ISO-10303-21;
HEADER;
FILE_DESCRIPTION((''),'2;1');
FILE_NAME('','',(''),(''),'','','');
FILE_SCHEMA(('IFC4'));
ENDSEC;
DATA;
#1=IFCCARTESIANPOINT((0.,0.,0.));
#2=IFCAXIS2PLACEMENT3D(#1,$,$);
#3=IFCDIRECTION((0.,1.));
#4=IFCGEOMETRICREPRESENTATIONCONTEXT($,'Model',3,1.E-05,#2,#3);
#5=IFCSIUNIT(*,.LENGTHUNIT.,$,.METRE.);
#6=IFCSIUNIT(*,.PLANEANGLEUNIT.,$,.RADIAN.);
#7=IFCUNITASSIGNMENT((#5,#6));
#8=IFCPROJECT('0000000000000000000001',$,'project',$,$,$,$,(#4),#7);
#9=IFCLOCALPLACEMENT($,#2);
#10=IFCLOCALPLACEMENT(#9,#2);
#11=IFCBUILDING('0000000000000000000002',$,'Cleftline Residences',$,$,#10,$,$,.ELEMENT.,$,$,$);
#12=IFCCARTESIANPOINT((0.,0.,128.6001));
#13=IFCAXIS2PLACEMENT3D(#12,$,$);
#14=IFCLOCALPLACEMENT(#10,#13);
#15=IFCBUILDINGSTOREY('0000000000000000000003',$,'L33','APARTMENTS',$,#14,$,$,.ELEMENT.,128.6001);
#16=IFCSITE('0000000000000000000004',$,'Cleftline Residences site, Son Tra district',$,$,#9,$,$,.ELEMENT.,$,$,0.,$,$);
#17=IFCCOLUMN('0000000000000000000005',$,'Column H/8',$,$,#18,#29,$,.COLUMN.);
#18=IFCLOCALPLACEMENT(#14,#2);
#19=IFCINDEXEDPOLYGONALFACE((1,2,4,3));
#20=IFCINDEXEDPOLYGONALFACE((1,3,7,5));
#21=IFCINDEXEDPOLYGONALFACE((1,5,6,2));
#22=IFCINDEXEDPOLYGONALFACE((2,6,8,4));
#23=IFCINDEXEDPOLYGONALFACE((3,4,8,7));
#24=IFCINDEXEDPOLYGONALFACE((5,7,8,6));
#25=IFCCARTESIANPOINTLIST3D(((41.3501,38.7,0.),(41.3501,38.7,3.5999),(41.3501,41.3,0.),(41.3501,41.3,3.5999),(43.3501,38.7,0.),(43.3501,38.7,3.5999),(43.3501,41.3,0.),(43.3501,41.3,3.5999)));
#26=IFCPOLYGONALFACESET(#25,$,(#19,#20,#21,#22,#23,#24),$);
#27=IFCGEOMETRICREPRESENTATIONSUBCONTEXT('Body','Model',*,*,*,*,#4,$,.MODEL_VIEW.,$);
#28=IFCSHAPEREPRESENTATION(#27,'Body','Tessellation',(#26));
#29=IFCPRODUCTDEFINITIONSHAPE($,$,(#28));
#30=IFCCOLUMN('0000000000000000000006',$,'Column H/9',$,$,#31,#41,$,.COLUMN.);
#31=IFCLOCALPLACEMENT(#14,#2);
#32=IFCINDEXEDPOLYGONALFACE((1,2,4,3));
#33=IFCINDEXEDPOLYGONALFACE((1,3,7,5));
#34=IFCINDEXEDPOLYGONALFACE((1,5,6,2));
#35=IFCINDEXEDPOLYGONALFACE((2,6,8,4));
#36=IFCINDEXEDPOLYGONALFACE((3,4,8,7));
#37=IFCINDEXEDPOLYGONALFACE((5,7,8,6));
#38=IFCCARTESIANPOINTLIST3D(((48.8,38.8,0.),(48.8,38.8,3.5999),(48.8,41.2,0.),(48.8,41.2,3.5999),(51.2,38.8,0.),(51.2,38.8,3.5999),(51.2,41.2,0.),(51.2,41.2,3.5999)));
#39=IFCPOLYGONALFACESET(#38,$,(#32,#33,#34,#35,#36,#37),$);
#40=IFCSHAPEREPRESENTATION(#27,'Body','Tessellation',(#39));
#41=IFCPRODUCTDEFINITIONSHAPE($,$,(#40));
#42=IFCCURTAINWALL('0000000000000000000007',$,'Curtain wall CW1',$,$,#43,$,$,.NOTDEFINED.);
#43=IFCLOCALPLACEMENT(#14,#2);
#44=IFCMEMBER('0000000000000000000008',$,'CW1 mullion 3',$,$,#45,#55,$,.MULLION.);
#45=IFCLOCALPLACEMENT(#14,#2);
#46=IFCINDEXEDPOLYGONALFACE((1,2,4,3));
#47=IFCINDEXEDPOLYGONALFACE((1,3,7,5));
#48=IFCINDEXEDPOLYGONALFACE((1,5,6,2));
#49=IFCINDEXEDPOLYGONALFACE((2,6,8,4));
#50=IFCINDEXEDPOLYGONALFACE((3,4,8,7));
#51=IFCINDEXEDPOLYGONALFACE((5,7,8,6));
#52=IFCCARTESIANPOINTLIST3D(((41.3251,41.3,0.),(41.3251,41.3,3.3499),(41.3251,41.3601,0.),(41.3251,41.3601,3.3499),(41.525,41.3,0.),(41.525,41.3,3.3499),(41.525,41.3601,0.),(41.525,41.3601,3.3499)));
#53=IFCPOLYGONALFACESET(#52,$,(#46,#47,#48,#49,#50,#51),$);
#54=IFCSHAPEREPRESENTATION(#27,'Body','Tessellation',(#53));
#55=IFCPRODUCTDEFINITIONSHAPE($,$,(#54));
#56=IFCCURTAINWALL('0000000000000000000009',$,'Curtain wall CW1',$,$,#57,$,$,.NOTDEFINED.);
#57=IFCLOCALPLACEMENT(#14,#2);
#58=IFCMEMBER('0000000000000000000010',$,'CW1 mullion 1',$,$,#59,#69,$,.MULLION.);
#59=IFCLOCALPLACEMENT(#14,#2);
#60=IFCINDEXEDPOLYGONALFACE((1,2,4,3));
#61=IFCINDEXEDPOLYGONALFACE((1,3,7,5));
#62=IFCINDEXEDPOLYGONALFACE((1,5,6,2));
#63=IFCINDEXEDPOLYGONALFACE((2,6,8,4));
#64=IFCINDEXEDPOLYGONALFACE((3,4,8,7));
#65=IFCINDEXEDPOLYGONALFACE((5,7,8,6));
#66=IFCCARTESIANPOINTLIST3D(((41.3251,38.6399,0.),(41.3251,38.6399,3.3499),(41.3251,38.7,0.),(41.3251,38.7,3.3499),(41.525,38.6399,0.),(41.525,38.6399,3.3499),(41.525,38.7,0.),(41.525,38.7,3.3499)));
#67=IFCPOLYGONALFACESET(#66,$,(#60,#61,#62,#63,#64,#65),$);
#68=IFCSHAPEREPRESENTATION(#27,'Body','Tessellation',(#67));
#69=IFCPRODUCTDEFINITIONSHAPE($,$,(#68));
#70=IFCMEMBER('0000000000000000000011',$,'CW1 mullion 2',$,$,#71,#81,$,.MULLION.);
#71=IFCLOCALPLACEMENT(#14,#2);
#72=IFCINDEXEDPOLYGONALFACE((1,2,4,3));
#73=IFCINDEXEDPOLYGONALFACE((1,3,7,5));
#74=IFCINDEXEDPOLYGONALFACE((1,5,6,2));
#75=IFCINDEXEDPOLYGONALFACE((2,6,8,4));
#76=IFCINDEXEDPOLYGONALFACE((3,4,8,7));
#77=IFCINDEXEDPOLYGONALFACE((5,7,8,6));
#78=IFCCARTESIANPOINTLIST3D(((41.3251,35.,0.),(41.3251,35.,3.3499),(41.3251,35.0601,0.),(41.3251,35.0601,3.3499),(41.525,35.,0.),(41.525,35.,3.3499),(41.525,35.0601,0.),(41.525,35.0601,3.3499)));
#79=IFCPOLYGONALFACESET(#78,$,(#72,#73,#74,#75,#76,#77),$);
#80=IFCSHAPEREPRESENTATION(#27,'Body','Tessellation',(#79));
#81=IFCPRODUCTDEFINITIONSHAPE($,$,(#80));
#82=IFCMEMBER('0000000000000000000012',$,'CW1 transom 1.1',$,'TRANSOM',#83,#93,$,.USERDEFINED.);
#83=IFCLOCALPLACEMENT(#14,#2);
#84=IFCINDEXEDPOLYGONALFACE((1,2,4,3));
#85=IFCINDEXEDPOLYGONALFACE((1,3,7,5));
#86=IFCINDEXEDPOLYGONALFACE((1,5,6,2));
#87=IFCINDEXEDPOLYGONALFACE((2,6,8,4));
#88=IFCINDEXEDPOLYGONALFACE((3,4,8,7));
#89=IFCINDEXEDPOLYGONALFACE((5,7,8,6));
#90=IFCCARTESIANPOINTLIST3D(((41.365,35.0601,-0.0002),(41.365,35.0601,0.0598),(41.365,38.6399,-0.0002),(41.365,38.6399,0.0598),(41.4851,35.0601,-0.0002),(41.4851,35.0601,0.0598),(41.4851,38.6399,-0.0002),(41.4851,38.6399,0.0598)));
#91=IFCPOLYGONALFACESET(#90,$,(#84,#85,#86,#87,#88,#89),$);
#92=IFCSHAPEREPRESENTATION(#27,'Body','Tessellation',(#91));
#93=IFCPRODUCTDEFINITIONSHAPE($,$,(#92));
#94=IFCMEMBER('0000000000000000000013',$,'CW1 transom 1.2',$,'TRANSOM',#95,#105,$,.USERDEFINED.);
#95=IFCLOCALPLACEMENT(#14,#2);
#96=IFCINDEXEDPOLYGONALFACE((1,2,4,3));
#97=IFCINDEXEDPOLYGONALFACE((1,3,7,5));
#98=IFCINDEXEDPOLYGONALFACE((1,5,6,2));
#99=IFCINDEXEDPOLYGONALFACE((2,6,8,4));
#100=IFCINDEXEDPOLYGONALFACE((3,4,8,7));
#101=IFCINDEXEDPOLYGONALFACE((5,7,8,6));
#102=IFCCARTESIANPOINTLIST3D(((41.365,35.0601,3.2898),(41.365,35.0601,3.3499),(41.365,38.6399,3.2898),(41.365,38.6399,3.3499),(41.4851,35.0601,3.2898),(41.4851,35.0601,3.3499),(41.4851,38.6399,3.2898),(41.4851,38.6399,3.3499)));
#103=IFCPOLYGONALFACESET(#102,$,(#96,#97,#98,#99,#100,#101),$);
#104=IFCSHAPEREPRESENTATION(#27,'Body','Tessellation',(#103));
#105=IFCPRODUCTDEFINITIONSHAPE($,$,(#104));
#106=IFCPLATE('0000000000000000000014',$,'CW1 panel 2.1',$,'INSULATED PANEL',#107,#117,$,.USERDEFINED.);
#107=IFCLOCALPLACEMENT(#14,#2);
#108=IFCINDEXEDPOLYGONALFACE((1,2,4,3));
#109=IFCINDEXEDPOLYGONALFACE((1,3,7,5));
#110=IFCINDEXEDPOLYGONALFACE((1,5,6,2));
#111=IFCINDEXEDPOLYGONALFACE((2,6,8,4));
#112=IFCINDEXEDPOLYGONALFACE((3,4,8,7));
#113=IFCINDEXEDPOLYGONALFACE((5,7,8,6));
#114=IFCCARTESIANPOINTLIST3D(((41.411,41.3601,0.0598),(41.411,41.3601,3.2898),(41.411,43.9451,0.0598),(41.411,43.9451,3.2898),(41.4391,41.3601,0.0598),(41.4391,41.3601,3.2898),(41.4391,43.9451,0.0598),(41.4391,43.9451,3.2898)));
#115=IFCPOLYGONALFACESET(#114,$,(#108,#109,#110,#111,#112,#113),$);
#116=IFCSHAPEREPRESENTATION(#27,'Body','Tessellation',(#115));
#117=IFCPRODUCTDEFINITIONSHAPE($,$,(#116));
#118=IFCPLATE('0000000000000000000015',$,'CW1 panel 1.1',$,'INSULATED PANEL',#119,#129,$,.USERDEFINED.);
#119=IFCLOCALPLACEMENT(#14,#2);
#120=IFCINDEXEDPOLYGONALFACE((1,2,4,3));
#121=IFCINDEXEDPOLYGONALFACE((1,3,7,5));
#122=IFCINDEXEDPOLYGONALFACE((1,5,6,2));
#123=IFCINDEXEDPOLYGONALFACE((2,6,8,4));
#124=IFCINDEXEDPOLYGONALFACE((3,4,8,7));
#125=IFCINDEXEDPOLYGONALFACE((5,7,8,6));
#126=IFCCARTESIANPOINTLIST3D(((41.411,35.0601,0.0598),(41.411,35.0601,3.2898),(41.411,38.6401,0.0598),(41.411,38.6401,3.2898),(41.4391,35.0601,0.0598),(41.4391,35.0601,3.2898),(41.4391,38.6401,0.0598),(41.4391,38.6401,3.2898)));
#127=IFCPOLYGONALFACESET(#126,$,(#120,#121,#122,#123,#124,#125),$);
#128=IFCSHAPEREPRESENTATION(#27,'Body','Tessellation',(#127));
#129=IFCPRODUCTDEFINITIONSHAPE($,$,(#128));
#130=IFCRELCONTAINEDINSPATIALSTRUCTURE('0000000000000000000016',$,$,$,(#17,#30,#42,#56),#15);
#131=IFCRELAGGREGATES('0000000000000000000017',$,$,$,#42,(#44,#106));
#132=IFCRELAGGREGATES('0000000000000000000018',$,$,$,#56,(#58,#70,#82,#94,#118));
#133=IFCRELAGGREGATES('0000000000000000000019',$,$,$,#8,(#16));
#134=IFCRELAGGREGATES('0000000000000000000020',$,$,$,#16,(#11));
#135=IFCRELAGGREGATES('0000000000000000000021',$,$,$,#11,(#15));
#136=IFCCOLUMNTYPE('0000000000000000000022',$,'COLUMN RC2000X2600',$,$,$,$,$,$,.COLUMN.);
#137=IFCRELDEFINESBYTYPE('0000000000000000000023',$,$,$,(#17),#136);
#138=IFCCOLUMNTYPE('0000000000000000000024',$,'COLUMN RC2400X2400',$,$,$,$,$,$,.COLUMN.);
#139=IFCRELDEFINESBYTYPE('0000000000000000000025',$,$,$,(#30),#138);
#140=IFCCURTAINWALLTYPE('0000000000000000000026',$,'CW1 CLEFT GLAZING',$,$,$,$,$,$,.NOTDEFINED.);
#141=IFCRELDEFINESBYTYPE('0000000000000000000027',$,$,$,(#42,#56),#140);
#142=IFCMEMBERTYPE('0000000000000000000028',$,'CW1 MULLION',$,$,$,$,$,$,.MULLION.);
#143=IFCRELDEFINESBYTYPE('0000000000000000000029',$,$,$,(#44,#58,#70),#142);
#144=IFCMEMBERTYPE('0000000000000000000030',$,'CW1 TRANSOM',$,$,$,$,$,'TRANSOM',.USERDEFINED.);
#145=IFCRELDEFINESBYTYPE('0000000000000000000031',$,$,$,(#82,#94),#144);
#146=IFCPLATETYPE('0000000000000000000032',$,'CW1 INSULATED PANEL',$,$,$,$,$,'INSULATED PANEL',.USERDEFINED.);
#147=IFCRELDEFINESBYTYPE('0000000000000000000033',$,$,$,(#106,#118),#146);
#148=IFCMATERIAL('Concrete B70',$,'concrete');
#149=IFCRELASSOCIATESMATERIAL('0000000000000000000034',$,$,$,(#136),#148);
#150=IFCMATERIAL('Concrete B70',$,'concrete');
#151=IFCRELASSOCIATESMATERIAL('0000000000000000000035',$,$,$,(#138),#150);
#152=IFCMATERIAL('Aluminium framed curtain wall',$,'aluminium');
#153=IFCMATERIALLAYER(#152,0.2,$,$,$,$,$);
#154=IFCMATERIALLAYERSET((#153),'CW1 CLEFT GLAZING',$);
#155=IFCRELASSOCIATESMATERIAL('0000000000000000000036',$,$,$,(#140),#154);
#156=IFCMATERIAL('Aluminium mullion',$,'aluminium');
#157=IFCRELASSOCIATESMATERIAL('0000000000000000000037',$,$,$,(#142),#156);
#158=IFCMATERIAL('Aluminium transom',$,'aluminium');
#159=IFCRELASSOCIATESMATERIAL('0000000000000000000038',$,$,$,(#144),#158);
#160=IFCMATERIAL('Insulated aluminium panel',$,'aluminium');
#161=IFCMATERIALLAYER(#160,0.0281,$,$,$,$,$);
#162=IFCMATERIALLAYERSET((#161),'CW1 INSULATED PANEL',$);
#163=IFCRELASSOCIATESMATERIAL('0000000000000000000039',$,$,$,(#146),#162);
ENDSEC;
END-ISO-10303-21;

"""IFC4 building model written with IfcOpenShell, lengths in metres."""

from ifc_helpers import new_model, si_unit, direction, frame, origin, origin_2d, place, context, subcontext, project, spatial, rectangle, extrude, material, layer, layer_set, material_profile, profile_set, type_object, element, aggregate, save


model = new_model("IFC4")

# Units and contexts
model_context = context("Model", 3, precision=1e-05, world=origin(), true_north=direction((0.0, 1.0)))
body_context = subcontext(model_context, "Body", "Model", "MODEL_VIEW")
ifc_project = project(units=[si_unit("LENGTHUNIT", "METRE"), si_unit("PLANEANGLEUNIT", "RADIAN")], contexts=[model_context])

# Site, building, storey
site_placement = place(None, origin())
site = spatial("IfcSite", under=ifc_project, at=site_placement, Name="Cleftline Residences site, Son Tra district", CompositionType="ELEMENT", RefElevation=0.0)
building_placement = place(site_placement, origin())
building = spatial("IfcBuilding", under=site, at=building_placement, Name="Cleftline Residences", CompositionType="ELEMENT")
storey_placement = place(building_placement, frame((0.0, 0.0, 128.6001)))
storey = spatial("IfcBuildingStorey", under=building, at=storey_placement, Name="L33", Description="APARTMENTS", CompositionType="ELEMENT", Elevation=128.6001)

# Columns
ifc_material_1 = material(Name="Concrete B70", Category="concrete")
ifc_material_profile_1 = material_profile(ifc_material_1, rectangle(XDim=2.0, YDim=2.6001, at=origin_2d()))
ifc_profile_set_1 = profile_set([ifc_material_profile_1], Name="Concrete B70")
column_type_1 = type_object("IfcColumnType", Name="COLUMN RC2000X2600", PredefinedType="COLUMN", material=ifc_profile_set_1)
column_1_placement = place(storey_placement, frame((42.3501, 40.0, 0.0), z_axis=(0.0, 0.0, 1.0), x_axis=(1.0, 0.0, 0.0)))
element("IfcColumn", 1, at=column_1_placement, inside=storey, type_object=column_type_1, Name="Column H/8", PredefinedType="COLUMN", context=body_context, shape_type="SweptSolid", body=[
    extrude(rectangle(XDim=2.0, YDim=2.6001, at=origin_2d()), origin(), (0.0, 0.0, 1.0), 3.5999),
])
ifc_material_2 = material(Name="Concrete B70", Category="concrete")
ifc_material_profile_2 = material_profile(ifc_material_2, rectangle(XDim=2.3999, YDim=2.3999, at=origin_2d()))
ifc_profile_set_2 = profile_set([ifc_material_profile_2], Name="Concrete B70")
column_type_2 = type_object("IfcColumnType", Name="COLUMN RC2400X2400", PredefinedType="COLUMN", material=ifc_profile_set_2)
column_2_placement = place(storey_placement, frame((50.0, 40.0, 0.0), z_axis=(0.0, 0.0, 1.0), x_axis=(1.0, 0.0, 0.0)))
element("IfcColumn", 2, at=column_2_placement, inside=storey, type_object=column_type_2, Name="Column H/9", PredefinedType="COLUMN", context=body_context, shape_type="SweptSolid", body=[
    extrude(rectangle(XDim=2.3999, YDim=2.3999, at=origin_2d()), origin(), (0.0, 0.0, 1.0), 3.5999),
])

# Curtain wall, member
ifc_material_3 = material(Name="Aluminium framed curtain wall", Category="aluminium")
ifc_layer_1 = layer(ifc_material_3, 0.2)
ifc_layer_set_1 = layer_set([ifc_layer_1], Name="CW1 CLEFT GLAZING")
curtain_wall_type = type_object("IfcCurtainWallType", Name="CW1 CLEFT GLAZING", PredefinedType="NOTDEFINED", material=ifc_layer_set_1)
curtain_wall_1_placement = place(storey_placement, origin())
curtain_wall_1 = element("IfcCurtainWall", 3, at=curtain_wall_1_placement, inside=storey, type_object=curtain_wall_type, Name="Curtain wall CW1", PredefinedType="NOTDEFINED")
ifc_material_4 = material(Name="Aluminium mullion", Category="aluminium")
ifc_material_profile_3 = material_profile(ifc_material_4, rectangle(XDim=0.2, YDim=0.0601, at=origin_2d()))
ifc_profile_set_3 = profile_set([ifc_material_profile_3], Name="Aluminium mullion")
member_type_1 = type_object("IfcMemberType", Name="CW1 MULLION", PredefinedType="MULLION", material=ifc_profile_set_3)
member_1_placement = place(storey_placement, frame((41.425, 41.3301, 0.0), z_axis=(0.0, 0.0, 1.0), x_axis=(1.0, 0.0, 0.0)))
member_1 = element("IfcMember", 4, at=member_1_placement, type_object=member_type_1, Name="CW1 mullion 3", PredefinedType="MULLION", context=body_context, shape_type="SweptSolid", body=[
    extrude(rectangle(XDim=0.2, YDim=0.0601, at=origin_2d()), origin(), (0.0, 0.0, 1.0), 3.3499),
])

# Curtain wall, members
curtain_wall_2_placement = place(storey_placement, origin())
curtain_wall_2 = element("IfcCurtainWall", 5, at=curtain_wall_2_placement, inside=storey, type_object=curtain_wall_type, Name="Curtain wall CW1", PredefinedType="NOTDEFINED")
member_2_placement = place(storey_placement, frame((41.425, 38.6699, 0.0), z_axis=(0.0, 0.0, 1.0), x_axis=(1.0, 0.0, 0.0)))
member_2 = element("IfcMember", 6, at=member_2_placement, type_object=member_type_1, Name="CW1 mullion 1", PredefinedType="MULLION", context=body_context, shape_type="SweptSolid", body=[
    extrude(rectangle(XDim=0.2, YDim=0.0601, at=origin_2d()), origin(), (0.0, 0.0, 1.0), 3.3499),
])
member_3_placement = place(storey_placement, frame((41.425, 35.03, 0.0), z_axis=(0.0, 0.0, 1.0), x_axis=(1.0, 0.0, 0.0)))
member_3 = element("IfcMember", 7, at=member_3_placement, type_object=member_type_1, Name="CW1 mullion 2", PredefinedType="MULLION", context=body_context, shape_type="SweptSolid", body=[
    extrude(rectangle(XDim=0.2, YDim=0.0601, at=origin_2d()), origin(), (0.0, 0.0, 1.0), 3.3499),
])
ifc_material_5 = material(Name="Aluminium transom", Category="aluminium")
ifc_material_profile_4 = material_profile(ifc_material_5, rectangle(XDim=0.1201, YDim=0.0601, at=origin_2d()))
ifc_profile_set_4 = profile_set([ifc_material_profile_4], Name="Aluminium transom")
member_type_2 = type_object("IfcMemberType", Name="CW1 TRANSOM", ElementType="TRANSOM", PredefinedType="USERDEFINED", material=ifc_profile_set_4)
member_4_placement = place(storey_placement, frame((41.425, 38.6399, 0.0298), z_axis=(0.0, -1.0, 0.0), x_axis=(1.0, 0.0, 0.0)))
member_4 = element("IfcMember", 8, at=member_4_placement, type_object=member_type_2, Name="CW1 transom 1.1", ObjectType="TRANSOM", PredefinedType="USERDEFINED", context=body_context, shape_type="SweptSolid", body=[
    extrude(rectangle(XDim=0.1201, YDim=0.0601, at=origin_2d()), origin(), (0.0, 0.0, 1.0), 3.5798),
])
member_5_placement = place(storey_placement, frame((41.425, 38.6399, 3.3198), z_axis=(0.0, -1.0, 0.0), x_axis=(1.0, 0.0, 0.0)))
member_5 = element("IfcMember", 9, at=member_5_placement, type_object=member_type_2, Name="CW1 transom 1.2", ObjectType="TRANSOM", PredefinedType="USERDEFINED", context=body_context, shape_type="SweptSolid", body=[
    extrude(rectangle(XDim=0.1201, YDim=0.0601, at=origin_2d()), origin(), (0.0, 0.0, 1.0), 3.5798),
])

# Plates
ifc_material_6 = material(Name="Insulated aluminium panel", Category="aluminium")
ifc_layer_2 = layer(ifc_material_6, 0.0281)
ifc_layer_set_2 = layer_set([ifc_layer_2], Name="CW1 INSULATED PANEL")
plate_type = type_object("IfcPlateType", Name="CW1 INSULATED PANEL", ElementType="INSULATED PANEL", PredefinedType="USERDEFINED", material=ifc_layer_set_2)
plate_1_placement = place(storey_placement, frame((41.425, 42.6526, 0.0598), z_axis=(0.0, 0.0, 1.0), x_axis=(0.0, -1.0, 0.0)))
plate_1 = element("IfcPlate", 10, at=plate_1_placement, type_object=plate_type, Name="CW1 panel 2.1", ObjectType="INSULATED PANEL", PredefinedType="USERDEFINED", context=body_context, shape_type="SweptSolid", body=[
    extrude(rectangle(XDim=2.585, YDim=0.0281, at=origin_2d()), origin(), (0.0, 0.0, 1.0), 3.23),
])
aggregate(curtain_wall_1, [member_1, plate_1])
plate_2_placement = place(storey_placement, frame((41.425, 36.8501, 0.0598), z_axis=(0.0, 0.0, 1.0), x_axis=(0.0, -1.0, 0.0)))
plate_2 = element("IfcPlate", 11, at=plate_2_placement, type_object=plate_type, Name="CW1 panel 1.1", ObjectType="INSULATED PANEL", PredefinedType="USERDEFINED", context=body_context, shape_type="SweptSolid", body=[
    extrude(rectangle(XDim=3.5801, YDim=0.0281, at=origin_2d()), origin(), (0.0, 0.0, 1.0), 3.23),
])
aggregate(curtain_wall_2, [member_2, member_3, member_4, member_5, plate_2])

save(model, "model.ifc")
